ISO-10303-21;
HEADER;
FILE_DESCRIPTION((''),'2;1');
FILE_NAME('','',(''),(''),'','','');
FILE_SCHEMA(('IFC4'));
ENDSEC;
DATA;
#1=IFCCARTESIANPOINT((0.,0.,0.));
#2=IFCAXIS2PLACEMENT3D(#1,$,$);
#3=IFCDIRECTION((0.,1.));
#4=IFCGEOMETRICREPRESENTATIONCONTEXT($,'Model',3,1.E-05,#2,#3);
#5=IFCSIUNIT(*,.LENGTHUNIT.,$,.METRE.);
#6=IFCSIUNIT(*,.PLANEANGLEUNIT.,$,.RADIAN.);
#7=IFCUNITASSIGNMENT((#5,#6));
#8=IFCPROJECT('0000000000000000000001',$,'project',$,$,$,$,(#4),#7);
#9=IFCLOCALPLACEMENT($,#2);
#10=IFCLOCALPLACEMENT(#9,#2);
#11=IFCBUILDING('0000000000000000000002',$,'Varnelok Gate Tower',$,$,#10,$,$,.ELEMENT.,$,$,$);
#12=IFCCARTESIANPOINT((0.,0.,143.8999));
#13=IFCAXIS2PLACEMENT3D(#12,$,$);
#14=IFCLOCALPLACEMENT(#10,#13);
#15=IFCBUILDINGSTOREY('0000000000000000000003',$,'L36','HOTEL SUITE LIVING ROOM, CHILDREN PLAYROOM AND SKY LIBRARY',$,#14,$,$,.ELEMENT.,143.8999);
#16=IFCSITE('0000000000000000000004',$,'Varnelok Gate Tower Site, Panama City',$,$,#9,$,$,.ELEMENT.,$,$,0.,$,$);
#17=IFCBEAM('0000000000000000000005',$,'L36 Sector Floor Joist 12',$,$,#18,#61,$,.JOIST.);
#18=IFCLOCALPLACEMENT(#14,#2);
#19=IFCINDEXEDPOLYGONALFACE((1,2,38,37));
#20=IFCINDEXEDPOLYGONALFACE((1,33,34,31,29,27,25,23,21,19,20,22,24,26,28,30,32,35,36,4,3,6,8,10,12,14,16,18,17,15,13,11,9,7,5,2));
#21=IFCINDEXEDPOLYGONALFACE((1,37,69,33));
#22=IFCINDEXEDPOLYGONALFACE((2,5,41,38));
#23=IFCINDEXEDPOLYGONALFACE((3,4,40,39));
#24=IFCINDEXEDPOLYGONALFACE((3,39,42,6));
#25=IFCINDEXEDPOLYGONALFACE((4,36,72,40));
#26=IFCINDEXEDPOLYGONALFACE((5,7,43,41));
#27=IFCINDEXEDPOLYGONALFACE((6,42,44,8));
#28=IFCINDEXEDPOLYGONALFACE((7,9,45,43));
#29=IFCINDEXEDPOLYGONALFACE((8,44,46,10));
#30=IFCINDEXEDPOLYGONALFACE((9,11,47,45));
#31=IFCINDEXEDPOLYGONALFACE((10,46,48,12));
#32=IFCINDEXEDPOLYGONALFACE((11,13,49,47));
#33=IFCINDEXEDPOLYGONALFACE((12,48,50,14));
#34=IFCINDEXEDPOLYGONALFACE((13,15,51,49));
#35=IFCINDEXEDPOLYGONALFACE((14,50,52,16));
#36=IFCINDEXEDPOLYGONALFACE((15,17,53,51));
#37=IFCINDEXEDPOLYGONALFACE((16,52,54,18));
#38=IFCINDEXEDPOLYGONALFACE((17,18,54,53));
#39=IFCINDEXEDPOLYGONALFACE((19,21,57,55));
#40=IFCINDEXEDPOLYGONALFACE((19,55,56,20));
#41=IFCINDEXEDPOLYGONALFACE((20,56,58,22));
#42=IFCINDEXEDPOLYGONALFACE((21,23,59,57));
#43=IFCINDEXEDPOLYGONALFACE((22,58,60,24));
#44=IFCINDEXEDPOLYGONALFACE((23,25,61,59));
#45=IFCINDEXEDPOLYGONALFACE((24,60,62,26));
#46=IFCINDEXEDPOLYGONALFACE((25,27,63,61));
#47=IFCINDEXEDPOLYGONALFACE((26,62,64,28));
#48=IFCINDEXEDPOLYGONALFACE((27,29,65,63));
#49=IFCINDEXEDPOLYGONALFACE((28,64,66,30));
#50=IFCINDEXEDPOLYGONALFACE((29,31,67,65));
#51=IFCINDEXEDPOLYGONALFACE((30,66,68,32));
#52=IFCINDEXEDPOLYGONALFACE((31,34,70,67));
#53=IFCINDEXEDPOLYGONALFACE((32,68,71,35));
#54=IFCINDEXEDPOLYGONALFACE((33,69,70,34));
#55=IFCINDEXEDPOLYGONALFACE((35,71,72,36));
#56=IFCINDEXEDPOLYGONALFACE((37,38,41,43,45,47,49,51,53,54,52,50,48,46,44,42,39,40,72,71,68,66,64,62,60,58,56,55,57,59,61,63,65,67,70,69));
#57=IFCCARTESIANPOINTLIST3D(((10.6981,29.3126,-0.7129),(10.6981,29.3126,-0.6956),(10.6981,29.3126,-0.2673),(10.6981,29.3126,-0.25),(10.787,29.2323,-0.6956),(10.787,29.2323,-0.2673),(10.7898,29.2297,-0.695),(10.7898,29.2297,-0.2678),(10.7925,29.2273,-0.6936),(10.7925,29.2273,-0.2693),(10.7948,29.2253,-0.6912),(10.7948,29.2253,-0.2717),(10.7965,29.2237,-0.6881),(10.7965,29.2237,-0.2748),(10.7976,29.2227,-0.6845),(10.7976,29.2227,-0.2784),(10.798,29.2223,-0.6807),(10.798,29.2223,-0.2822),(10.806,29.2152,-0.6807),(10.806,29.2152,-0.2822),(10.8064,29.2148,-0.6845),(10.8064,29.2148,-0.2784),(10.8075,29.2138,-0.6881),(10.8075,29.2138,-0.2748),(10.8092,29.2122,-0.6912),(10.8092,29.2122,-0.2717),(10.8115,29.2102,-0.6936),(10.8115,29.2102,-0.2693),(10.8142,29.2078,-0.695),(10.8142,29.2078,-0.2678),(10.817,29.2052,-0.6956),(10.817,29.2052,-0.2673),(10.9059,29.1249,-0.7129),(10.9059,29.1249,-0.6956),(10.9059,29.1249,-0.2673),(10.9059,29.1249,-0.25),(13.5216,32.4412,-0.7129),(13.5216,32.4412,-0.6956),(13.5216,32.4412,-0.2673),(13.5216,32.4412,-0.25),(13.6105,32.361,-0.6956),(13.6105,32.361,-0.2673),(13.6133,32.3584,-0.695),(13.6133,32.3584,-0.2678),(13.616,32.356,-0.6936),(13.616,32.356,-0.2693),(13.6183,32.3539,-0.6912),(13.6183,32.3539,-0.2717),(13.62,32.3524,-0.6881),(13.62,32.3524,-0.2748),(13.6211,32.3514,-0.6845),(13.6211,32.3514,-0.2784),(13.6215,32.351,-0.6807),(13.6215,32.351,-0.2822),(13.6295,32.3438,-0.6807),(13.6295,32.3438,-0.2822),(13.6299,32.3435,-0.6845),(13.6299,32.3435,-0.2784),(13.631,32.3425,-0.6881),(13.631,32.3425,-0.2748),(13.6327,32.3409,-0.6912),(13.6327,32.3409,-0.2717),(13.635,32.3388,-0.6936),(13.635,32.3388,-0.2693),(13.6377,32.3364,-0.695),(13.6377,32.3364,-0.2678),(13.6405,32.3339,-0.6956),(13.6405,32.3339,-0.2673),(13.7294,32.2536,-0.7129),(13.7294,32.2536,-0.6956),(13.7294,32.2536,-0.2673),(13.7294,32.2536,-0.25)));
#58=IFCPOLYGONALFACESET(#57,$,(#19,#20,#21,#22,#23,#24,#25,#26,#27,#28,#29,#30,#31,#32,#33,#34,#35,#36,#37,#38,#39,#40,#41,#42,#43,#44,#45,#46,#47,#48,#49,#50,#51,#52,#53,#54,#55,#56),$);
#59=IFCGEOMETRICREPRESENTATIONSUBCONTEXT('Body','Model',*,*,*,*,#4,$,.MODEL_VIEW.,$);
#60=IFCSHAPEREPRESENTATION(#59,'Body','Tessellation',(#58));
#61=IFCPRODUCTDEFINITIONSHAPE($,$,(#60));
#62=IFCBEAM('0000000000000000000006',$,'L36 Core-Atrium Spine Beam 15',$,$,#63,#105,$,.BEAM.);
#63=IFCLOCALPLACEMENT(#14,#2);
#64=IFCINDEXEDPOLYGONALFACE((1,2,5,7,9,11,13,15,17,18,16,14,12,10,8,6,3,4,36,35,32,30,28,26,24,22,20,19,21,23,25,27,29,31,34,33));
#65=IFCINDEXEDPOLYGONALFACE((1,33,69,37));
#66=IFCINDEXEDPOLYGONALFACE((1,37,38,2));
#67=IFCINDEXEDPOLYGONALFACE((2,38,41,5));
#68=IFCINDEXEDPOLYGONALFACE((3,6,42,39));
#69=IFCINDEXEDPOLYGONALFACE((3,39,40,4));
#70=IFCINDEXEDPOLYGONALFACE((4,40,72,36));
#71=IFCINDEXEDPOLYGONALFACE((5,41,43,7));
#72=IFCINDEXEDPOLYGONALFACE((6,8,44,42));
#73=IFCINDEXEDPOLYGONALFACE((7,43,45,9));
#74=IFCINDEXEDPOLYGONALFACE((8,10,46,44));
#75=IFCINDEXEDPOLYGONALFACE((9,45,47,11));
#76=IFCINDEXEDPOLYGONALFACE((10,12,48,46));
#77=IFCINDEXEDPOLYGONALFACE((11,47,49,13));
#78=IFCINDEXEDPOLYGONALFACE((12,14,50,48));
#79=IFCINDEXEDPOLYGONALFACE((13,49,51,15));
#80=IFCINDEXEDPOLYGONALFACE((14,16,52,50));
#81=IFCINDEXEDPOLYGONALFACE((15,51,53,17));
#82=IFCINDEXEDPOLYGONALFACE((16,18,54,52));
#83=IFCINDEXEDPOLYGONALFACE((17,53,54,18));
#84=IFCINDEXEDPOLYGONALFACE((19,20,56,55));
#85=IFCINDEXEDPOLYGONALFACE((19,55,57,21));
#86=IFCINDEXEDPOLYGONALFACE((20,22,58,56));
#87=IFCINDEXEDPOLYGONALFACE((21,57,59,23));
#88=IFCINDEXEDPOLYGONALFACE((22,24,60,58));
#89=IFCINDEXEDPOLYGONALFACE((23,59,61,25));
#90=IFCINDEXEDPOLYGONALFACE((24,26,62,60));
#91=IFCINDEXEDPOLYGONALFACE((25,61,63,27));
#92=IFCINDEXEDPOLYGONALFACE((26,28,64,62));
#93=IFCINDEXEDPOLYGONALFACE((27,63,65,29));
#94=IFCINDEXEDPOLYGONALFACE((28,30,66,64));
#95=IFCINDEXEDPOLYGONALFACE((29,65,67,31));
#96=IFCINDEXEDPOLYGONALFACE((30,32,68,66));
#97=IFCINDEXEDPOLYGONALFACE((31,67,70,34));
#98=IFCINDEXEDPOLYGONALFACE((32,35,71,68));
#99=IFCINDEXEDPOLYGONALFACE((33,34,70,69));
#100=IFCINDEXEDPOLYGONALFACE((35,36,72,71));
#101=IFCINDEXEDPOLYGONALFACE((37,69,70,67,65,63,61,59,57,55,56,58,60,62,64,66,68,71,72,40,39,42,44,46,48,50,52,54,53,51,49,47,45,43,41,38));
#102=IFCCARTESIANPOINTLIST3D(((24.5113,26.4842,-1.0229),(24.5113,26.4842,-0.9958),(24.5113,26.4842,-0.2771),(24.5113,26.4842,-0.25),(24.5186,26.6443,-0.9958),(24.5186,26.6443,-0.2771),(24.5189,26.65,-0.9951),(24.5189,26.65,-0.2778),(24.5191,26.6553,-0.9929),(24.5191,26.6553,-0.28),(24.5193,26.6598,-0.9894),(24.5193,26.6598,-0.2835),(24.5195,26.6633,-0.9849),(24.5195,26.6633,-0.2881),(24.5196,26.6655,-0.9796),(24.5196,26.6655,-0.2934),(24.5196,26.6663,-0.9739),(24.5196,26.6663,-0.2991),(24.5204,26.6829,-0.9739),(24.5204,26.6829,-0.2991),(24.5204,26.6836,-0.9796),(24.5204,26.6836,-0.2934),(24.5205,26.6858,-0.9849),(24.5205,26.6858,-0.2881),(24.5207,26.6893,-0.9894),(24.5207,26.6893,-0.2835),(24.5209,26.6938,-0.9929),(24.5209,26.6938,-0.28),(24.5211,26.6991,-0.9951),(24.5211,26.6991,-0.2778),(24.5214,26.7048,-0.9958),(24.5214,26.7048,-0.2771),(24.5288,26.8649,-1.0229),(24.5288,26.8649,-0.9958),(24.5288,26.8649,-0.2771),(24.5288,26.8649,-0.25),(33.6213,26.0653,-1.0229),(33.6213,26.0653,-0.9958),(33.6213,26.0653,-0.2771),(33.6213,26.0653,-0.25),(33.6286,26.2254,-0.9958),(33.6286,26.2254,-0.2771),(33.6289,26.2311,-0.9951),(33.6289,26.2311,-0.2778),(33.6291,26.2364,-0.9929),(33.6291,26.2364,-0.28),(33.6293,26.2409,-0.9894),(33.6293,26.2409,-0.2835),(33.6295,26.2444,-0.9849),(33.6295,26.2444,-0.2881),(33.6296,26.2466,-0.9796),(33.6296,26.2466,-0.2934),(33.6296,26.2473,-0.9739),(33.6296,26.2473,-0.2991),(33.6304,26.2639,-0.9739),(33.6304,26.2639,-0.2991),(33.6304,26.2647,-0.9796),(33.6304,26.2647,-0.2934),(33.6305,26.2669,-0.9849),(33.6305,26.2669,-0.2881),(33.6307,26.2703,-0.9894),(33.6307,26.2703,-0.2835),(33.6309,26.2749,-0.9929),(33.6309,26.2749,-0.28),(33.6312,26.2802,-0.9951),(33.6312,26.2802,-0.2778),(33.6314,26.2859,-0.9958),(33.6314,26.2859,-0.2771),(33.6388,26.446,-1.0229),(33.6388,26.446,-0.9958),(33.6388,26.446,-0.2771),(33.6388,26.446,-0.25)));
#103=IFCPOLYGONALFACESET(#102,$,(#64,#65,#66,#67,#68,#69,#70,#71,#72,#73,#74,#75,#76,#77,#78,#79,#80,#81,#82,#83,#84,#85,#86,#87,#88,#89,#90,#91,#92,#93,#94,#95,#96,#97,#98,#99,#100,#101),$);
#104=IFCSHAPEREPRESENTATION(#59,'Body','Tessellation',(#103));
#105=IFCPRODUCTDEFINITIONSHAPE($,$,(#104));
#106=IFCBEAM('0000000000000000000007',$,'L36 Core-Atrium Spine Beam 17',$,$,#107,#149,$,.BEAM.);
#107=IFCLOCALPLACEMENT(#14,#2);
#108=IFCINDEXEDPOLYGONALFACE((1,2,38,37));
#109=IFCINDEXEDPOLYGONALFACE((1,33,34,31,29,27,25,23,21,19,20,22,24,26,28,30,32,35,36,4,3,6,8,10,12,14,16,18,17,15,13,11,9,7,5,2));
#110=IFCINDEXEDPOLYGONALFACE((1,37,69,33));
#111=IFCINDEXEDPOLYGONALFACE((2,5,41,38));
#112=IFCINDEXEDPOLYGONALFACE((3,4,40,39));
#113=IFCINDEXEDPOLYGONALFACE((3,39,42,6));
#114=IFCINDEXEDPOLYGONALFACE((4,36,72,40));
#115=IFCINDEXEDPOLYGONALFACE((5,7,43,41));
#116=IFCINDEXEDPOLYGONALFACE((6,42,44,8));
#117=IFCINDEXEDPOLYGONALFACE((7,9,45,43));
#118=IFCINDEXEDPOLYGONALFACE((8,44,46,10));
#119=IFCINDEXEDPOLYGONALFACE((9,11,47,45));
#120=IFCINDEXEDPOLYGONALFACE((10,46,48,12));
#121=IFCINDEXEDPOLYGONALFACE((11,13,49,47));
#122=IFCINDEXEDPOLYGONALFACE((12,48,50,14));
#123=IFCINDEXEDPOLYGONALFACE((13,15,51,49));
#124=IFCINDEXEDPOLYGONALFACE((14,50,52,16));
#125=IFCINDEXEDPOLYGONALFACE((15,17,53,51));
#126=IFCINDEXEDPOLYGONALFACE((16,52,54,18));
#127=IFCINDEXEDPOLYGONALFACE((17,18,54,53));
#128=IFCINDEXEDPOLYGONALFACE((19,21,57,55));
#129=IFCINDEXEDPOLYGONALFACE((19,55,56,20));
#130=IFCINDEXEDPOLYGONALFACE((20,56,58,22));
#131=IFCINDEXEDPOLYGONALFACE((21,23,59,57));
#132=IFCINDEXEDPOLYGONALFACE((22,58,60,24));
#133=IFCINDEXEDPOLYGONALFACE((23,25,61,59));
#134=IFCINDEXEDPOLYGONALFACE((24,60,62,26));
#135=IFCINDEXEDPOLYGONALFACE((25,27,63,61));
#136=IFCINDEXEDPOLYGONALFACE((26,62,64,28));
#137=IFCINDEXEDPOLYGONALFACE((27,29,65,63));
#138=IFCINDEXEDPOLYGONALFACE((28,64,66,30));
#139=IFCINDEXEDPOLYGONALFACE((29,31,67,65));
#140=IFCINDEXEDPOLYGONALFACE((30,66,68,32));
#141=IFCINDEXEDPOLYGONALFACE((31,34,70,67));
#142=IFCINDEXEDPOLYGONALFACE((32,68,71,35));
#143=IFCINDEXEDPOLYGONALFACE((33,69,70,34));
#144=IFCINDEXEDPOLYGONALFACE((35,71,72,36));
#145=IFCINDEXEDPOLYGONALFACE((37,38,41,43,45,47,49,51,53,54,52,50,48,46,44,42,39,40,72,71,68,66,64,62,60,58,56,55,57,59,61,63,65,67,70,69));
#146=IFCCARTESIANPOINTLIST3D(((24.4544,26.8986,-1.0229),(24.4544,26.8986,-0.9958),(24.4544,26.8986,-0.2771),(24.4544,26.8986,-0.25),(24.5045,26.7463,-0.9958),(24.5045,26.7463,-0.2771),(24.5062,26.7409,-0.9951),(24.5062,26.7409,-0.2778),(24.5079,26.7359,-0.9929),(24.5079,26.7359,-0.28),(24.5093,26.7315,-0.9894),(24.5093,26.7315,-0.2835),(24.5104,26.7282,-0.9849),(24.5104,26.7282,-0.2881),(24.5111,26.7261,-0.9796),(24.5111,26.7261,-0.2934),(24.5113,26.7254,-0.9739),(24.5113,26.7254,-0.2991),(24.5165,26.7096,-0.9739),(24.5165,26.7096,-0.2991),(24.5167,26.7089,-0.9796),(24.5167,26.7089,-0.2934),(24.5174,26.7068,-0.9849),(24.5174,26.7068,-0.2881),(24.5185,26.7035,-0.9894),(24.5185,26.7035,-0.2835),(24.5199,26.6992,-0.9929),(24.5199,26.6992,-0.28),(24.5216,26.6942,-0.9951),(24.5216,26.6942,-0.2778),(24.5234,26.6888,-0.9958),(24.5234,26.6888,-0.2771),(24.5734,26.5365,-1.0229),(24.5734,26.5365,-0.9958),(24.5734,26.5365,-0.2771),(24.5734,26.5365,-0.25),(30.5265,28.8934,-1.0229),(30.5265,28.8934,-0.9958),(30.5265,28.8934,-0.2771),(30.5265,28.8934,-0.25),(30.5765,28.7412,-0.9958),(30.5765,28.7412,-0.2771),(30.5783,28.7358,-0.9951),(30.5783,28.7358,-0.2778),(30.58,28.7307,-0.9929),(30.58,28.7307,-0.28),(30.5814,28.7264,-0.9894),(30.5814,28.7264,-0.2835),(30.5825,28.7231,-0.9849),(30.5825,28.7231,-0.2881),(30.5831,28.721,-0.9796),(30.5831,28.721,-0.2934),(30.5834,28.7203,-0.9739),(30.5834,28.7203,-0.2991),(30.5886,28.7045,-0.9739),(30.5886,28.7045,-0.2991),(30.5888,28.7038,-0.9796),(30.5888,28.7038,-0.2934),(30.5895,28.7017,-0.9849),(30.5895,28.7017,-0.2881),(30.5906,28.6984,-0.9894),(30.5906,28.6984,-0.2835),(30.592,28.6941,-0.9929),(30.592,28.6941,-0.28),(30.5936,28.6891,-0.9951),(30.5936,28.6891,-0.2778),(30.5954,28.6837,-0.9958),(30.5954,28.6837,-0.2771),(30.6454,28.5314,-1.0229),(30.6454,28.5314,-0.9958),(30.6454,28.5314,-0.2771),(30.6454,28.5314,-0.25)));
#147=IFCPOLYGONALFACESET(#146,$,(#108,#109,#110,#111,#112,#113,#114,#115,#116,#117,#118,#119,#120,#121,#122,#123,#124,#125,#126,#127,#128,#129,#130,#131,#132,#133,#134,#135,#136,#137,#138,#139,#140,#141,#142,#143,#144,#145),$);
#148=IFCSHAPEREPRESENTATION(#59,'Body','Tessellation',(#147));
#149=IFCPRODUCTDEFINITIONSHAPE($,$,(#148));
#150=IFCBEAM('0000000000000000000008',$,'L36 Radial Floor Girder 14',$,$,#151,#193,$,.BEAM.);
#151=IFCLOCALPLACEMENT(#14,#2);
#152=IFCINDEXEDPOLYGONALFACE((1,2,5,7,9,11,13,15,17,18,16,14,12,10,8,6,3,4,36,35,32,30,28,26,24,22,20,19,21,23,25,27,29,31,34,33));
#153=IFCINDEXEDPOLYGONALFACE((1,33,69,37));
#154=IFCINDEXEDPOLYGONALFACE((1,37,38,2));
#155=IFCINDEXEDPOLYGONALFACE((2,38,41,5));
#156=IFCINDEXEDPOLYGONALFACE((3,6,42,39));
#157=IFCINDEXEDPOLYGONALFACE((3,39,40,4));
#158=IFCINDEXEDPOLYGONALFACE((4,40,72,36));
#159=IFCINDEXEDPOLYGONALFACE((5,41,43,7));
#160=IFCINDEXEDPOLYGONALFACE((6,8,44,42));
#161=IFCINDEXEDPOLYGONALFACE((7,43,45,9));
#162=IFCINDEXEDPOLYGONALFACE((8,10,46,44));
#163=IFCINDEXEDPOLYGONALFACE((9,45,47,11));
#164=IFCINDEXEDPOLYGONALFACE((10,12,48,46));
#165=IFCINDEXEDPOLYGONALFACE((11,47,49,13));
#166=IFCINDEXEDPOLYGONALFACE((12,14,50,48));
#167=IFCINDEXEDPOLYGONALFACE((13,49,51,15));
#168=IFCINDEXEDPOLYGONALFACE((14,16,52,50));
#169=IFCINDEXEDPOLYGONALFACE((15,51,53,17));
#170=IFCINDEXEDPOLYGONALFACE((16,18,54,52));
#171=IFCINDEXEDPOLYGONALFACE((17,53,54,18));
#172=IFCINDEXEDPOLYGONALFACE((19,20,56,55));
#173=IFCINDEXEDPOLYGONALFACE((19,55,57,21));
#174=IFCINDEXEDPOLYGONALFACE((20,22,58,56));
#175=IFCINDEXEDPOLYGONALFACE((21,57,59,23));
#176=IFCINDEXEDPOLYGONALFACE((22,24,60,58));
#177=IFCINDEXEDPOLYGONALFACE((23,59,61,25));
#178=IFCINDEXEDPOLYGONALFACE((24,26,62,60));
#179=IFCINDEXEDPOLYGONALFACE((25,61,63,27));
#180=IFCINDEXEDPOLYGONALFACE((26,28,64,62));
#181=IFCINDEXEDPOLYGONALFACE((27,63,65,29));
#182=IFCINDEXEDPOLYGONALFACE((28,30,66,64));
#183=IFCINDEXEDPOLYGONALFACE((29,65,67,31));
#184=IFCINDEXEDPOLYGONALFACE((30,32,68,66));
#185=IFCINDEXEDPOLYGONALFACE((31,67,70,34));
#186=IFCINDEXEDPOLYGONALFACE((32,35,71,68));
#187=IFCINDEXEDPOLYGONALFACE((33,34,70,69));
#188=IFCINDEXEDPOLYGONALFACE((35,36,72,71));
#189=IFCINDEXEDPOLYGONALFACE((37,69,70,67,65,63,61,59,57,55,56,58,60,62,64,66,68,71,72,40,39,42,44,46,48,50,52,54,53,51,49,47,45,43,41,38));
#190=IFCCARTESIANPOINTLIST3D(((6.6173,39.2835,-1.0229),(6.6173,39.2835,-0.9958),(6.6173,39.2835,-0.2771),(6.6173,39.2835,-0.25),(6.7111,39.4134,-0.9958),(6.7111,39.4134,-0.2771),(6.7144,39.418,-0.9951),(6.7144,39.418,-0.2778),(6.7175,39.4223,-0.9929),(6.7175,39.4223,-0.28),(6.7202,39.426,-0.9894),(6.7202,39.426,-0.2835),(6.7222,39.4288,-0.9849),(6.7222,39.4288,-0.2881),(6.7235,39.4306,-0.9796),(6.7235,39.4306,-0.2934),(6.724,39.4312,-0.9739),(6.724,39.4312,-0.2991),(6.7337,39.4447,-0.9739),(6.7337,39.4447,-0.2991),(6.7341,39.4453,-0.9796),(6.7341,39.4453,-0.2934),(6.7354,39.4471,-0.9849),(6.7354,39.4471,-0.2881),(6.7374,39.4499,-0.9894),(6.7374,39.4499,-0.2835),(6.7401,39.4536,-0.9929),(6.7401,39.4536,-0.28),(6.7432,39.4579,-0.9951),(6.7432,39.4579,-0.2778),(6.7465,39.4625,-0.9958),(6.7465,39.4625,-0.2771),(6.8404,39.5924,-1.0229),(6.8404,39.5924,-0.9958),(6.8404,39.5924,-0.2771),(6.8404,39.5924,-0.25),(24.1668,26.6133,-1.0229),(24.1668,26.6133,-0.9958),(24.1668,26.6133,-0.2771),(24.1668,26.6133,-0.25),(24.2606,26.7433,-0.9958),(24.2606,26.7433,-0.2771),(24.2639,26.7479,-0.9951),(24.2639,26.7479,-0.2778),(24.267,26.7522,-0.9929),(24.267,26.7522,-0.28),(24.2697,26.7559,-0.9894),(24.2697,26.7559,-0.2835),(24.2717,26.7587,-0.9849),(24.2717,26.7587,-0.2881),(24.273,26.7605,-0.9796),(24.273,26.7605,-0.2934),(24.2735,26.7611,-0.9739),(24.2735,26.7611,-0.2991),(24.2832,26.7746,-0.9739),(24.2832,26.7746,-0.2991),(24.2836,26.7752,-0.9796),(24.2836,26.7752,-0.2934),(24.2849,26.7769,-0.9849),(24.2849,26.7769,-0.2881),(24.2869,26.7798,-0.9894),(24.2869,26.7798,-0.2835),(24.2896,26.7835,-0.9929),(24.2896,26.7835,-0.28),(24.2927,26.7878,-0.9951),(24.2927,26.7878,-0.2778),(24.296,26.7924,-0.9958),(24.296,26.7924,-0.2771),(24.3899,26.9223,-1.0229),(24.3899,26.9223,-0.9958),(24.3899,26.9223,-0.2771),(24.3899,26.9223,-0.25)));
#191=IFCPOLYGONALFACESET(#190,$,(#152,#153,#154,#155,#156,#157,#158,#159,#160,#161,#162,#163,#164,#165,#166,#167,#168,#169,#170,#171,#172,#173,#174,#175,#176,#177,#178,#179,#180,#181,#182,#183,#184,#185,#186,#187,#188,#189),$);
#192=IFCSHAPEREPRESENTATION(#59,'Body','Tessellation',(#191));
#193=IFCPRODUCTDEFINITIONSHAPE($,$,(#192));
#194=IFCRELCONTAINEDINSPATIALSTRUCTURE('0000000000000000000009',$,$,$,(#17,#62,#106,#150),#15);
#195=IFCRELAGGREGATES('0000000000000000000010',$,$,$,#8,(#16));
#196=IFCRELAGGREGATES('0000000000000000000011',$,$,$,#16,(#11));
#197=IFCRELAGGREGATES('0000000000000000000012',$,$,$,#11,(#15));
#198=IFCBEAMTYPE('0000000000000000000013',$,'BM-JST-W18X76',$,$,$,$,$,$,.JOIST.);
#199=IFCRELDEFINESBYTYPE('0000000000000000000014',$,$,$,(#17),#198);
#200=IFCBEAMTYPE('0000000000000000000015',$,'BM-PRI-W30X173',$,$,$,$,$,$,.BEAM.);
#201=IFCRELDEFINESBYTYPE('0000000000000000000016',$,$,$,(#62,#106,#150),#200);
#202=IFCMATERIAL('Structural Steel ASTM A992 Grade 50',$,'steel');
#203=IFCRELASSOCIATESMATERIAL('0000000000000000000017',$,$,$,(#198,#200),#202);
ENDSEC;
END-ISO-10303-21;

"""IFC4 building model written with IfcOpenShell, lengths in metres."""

from ifc_helpers import new_model, si_unit, direction, frame, origin, origin_2d, place, context, subcontext, project, spatial, i_section, extrude, material, material_profile, profile_set, type_object, element, save


model = new_model("IFC4")

# Units and contexts
model_context = context("Model", 3, precision=1e-05, world=origin(), true_north=direction((0.0, 1.0)))
body_context = subcontext(model_context, "Body", "Model", "MODEL_VIEW")
ifc_project = project(units=[si_unit("LENGTHUNIT", "METRE"), si_unit("PLANEANGLEUNIT", "RADIAN")], contexts=[model_context])

# Site, building, storey
site_placement = place(None, origin())
site = spatial("IfcSite", under=ifc_project, at=site_placement, Name="Varnelok Gate Tower Site, Panama City", CompositionType="ELEMENT", RefElevation=0.0)
building_placement = place(site_placement, origin())
building = spatial("IfcBuilding", under=site, at=building_placement, Name="Varnelok Gate Tower", CompositionType="ELEMENT")
storey_placement = place(building_placement, frame((0.0, 0.0, 143.8999)))
storey = spatial("IfcBuildingStorey", under=building, at=storey_placement, Name="L36", Description="HOTEL SUITE LIVING ROOM, CHILDREN PLAYROOM AND SKY LIBRARY", CompositionType="ELEMENT", Elevation=143.8999)

# Shared definitions
ifc_material_1 = material(Name="Structural Steel ASTM A992 Grade 50", Category="steel")

# Beams
ifc_material_profile_1 = material_profile(ifc_material_1, i_section(OverallWidth=0.28, OverallDepth=0.4629, WebThickness=0.0107, FlangeThickness=0.0173, FilletRadius=0.0149, at=origin_2d()), Name="W18X76")
ifc_profile_set_1 = profile_set([ifc_material_profile_1], Name="Structural Steel ASTM A992 Grade 50")
beam_type_1 = type_object("IfcBeamType", Name="BM-JST-W18X76", PredefinedType="JOIST", material=ifc_profile_set_1)
beam_1_placement = place(storey_placement, frame((10.802, 29.2188, -0.4814), z_axis=(0.669972, 0.742386, 0.0), x_axis=(-0.742386, 0.669972, 0.0)))
element("IfcBeam", 1, at=beam_1_placement, inside=storey, type_object=beam_type_1, Name="L36 Sector Floor Joist 12", PredefinedType="JOIST", context=body_context, shape_type="SweptSolid", body=[
    extrude(i_section(OverallWidth=0.28, OverallDepth=0.4629, WebThickness=0.0107, FlangeThickness=0.0173, FilletRadius=0.0149, at=origin_2d()), origin(), (0.0, 0.0, 1.0), 4.2144),
])
ifc_material_profile_2 = material_profile(ifc_material_1, i_section(OverallWidth=0.3811, OverallDepth=0.7729, WebThickness=0.0166, FlangeThickness=0.0271, FilletRadius=0.022, at=origin_2d()), Name="W30X173")
ifc_profile_set_2 = profile_set([ifc_material_profile_2], Name="Structural Steel ASTM A992 Grade 50")
beam_type_2 = type_object("IfcBeamType", Name="BM-PRI-W30X173", PredefinedType="BEAM", material=ifc_profile_set_2)
beam_2_placement = place(storey_placement, frame((24.52, 26.6746, -0.6365), z_axis=(0.998944, -0.045938, 0.0), x_axis=(0.045938, 0.998944, 0.0)))
element("IfcBeam", 2, at=beam_2_placement, inside=storey, type_object=beam_type_2, Name="L36 Core-Atrium Spine Beam 15", PredefinedType="BEAM", context=body_context, shape_type="SweptSolid", body=[
    extrude(i_section(OverallWidth=0.3811, OverallDepth=0.7729, WebThickness=0.0166, FlangeThickness=0.0271, FilletRadius=0.022, at=origin_2d()), origin(), (0.0, 0.0, 1.0), 9.1196),
])
beam_3_placement = place(storey_placement, frame((24.5139, 26.7175, -0.6365), z_axis=(0.950042, 0.312122, 0.0), x_axis=(-0.312122, 0.950042, 0.0)))
element("IfcBeam", 3, at=beam_3_placement, inside=storey, type_object=beam_type_2, Name="L36 Core-Atrium Spine Beam 17", PredefinedType="BEAM", context=body_context, shape_type="SweptSolid", body=[
    extrude(i_section(OverallWidth=0.3811, OverallDepth=0.7729, WebThickness=0.0166, FlangeThickness=0.0271, FilletRadius=0.022, at=origin_2d()), origin(), (0.0, 0.0, 1.0), 6.3914),
])
beam_4_placement = place(storey_placement, frame((24.2783, 26.7678, -0.6365), z_axis=(-0.810778, 0.585353, 0.0), x_axis=(-0.585353, -0.810778, 0.0)))
element("IfcBeam", 4, at=beam_4_placement, inside=storey, type_object=beam_type_2, Name="L36 Radial Floor Girder 14", PredefinedType="BEAM", context=body_context, shape_type="SweptSolid", body=[
    extrude(i_section(OverallWidth=0.3811, OverallDepth=0.7729, WebThickness=0.0166, FlangeThickness=0.0271, FilletRadius=0.022, at=origin_2d()), origin(), (0.0, 0.0, 1.0), 21.6453),
])

save(model, "model.ifc")
